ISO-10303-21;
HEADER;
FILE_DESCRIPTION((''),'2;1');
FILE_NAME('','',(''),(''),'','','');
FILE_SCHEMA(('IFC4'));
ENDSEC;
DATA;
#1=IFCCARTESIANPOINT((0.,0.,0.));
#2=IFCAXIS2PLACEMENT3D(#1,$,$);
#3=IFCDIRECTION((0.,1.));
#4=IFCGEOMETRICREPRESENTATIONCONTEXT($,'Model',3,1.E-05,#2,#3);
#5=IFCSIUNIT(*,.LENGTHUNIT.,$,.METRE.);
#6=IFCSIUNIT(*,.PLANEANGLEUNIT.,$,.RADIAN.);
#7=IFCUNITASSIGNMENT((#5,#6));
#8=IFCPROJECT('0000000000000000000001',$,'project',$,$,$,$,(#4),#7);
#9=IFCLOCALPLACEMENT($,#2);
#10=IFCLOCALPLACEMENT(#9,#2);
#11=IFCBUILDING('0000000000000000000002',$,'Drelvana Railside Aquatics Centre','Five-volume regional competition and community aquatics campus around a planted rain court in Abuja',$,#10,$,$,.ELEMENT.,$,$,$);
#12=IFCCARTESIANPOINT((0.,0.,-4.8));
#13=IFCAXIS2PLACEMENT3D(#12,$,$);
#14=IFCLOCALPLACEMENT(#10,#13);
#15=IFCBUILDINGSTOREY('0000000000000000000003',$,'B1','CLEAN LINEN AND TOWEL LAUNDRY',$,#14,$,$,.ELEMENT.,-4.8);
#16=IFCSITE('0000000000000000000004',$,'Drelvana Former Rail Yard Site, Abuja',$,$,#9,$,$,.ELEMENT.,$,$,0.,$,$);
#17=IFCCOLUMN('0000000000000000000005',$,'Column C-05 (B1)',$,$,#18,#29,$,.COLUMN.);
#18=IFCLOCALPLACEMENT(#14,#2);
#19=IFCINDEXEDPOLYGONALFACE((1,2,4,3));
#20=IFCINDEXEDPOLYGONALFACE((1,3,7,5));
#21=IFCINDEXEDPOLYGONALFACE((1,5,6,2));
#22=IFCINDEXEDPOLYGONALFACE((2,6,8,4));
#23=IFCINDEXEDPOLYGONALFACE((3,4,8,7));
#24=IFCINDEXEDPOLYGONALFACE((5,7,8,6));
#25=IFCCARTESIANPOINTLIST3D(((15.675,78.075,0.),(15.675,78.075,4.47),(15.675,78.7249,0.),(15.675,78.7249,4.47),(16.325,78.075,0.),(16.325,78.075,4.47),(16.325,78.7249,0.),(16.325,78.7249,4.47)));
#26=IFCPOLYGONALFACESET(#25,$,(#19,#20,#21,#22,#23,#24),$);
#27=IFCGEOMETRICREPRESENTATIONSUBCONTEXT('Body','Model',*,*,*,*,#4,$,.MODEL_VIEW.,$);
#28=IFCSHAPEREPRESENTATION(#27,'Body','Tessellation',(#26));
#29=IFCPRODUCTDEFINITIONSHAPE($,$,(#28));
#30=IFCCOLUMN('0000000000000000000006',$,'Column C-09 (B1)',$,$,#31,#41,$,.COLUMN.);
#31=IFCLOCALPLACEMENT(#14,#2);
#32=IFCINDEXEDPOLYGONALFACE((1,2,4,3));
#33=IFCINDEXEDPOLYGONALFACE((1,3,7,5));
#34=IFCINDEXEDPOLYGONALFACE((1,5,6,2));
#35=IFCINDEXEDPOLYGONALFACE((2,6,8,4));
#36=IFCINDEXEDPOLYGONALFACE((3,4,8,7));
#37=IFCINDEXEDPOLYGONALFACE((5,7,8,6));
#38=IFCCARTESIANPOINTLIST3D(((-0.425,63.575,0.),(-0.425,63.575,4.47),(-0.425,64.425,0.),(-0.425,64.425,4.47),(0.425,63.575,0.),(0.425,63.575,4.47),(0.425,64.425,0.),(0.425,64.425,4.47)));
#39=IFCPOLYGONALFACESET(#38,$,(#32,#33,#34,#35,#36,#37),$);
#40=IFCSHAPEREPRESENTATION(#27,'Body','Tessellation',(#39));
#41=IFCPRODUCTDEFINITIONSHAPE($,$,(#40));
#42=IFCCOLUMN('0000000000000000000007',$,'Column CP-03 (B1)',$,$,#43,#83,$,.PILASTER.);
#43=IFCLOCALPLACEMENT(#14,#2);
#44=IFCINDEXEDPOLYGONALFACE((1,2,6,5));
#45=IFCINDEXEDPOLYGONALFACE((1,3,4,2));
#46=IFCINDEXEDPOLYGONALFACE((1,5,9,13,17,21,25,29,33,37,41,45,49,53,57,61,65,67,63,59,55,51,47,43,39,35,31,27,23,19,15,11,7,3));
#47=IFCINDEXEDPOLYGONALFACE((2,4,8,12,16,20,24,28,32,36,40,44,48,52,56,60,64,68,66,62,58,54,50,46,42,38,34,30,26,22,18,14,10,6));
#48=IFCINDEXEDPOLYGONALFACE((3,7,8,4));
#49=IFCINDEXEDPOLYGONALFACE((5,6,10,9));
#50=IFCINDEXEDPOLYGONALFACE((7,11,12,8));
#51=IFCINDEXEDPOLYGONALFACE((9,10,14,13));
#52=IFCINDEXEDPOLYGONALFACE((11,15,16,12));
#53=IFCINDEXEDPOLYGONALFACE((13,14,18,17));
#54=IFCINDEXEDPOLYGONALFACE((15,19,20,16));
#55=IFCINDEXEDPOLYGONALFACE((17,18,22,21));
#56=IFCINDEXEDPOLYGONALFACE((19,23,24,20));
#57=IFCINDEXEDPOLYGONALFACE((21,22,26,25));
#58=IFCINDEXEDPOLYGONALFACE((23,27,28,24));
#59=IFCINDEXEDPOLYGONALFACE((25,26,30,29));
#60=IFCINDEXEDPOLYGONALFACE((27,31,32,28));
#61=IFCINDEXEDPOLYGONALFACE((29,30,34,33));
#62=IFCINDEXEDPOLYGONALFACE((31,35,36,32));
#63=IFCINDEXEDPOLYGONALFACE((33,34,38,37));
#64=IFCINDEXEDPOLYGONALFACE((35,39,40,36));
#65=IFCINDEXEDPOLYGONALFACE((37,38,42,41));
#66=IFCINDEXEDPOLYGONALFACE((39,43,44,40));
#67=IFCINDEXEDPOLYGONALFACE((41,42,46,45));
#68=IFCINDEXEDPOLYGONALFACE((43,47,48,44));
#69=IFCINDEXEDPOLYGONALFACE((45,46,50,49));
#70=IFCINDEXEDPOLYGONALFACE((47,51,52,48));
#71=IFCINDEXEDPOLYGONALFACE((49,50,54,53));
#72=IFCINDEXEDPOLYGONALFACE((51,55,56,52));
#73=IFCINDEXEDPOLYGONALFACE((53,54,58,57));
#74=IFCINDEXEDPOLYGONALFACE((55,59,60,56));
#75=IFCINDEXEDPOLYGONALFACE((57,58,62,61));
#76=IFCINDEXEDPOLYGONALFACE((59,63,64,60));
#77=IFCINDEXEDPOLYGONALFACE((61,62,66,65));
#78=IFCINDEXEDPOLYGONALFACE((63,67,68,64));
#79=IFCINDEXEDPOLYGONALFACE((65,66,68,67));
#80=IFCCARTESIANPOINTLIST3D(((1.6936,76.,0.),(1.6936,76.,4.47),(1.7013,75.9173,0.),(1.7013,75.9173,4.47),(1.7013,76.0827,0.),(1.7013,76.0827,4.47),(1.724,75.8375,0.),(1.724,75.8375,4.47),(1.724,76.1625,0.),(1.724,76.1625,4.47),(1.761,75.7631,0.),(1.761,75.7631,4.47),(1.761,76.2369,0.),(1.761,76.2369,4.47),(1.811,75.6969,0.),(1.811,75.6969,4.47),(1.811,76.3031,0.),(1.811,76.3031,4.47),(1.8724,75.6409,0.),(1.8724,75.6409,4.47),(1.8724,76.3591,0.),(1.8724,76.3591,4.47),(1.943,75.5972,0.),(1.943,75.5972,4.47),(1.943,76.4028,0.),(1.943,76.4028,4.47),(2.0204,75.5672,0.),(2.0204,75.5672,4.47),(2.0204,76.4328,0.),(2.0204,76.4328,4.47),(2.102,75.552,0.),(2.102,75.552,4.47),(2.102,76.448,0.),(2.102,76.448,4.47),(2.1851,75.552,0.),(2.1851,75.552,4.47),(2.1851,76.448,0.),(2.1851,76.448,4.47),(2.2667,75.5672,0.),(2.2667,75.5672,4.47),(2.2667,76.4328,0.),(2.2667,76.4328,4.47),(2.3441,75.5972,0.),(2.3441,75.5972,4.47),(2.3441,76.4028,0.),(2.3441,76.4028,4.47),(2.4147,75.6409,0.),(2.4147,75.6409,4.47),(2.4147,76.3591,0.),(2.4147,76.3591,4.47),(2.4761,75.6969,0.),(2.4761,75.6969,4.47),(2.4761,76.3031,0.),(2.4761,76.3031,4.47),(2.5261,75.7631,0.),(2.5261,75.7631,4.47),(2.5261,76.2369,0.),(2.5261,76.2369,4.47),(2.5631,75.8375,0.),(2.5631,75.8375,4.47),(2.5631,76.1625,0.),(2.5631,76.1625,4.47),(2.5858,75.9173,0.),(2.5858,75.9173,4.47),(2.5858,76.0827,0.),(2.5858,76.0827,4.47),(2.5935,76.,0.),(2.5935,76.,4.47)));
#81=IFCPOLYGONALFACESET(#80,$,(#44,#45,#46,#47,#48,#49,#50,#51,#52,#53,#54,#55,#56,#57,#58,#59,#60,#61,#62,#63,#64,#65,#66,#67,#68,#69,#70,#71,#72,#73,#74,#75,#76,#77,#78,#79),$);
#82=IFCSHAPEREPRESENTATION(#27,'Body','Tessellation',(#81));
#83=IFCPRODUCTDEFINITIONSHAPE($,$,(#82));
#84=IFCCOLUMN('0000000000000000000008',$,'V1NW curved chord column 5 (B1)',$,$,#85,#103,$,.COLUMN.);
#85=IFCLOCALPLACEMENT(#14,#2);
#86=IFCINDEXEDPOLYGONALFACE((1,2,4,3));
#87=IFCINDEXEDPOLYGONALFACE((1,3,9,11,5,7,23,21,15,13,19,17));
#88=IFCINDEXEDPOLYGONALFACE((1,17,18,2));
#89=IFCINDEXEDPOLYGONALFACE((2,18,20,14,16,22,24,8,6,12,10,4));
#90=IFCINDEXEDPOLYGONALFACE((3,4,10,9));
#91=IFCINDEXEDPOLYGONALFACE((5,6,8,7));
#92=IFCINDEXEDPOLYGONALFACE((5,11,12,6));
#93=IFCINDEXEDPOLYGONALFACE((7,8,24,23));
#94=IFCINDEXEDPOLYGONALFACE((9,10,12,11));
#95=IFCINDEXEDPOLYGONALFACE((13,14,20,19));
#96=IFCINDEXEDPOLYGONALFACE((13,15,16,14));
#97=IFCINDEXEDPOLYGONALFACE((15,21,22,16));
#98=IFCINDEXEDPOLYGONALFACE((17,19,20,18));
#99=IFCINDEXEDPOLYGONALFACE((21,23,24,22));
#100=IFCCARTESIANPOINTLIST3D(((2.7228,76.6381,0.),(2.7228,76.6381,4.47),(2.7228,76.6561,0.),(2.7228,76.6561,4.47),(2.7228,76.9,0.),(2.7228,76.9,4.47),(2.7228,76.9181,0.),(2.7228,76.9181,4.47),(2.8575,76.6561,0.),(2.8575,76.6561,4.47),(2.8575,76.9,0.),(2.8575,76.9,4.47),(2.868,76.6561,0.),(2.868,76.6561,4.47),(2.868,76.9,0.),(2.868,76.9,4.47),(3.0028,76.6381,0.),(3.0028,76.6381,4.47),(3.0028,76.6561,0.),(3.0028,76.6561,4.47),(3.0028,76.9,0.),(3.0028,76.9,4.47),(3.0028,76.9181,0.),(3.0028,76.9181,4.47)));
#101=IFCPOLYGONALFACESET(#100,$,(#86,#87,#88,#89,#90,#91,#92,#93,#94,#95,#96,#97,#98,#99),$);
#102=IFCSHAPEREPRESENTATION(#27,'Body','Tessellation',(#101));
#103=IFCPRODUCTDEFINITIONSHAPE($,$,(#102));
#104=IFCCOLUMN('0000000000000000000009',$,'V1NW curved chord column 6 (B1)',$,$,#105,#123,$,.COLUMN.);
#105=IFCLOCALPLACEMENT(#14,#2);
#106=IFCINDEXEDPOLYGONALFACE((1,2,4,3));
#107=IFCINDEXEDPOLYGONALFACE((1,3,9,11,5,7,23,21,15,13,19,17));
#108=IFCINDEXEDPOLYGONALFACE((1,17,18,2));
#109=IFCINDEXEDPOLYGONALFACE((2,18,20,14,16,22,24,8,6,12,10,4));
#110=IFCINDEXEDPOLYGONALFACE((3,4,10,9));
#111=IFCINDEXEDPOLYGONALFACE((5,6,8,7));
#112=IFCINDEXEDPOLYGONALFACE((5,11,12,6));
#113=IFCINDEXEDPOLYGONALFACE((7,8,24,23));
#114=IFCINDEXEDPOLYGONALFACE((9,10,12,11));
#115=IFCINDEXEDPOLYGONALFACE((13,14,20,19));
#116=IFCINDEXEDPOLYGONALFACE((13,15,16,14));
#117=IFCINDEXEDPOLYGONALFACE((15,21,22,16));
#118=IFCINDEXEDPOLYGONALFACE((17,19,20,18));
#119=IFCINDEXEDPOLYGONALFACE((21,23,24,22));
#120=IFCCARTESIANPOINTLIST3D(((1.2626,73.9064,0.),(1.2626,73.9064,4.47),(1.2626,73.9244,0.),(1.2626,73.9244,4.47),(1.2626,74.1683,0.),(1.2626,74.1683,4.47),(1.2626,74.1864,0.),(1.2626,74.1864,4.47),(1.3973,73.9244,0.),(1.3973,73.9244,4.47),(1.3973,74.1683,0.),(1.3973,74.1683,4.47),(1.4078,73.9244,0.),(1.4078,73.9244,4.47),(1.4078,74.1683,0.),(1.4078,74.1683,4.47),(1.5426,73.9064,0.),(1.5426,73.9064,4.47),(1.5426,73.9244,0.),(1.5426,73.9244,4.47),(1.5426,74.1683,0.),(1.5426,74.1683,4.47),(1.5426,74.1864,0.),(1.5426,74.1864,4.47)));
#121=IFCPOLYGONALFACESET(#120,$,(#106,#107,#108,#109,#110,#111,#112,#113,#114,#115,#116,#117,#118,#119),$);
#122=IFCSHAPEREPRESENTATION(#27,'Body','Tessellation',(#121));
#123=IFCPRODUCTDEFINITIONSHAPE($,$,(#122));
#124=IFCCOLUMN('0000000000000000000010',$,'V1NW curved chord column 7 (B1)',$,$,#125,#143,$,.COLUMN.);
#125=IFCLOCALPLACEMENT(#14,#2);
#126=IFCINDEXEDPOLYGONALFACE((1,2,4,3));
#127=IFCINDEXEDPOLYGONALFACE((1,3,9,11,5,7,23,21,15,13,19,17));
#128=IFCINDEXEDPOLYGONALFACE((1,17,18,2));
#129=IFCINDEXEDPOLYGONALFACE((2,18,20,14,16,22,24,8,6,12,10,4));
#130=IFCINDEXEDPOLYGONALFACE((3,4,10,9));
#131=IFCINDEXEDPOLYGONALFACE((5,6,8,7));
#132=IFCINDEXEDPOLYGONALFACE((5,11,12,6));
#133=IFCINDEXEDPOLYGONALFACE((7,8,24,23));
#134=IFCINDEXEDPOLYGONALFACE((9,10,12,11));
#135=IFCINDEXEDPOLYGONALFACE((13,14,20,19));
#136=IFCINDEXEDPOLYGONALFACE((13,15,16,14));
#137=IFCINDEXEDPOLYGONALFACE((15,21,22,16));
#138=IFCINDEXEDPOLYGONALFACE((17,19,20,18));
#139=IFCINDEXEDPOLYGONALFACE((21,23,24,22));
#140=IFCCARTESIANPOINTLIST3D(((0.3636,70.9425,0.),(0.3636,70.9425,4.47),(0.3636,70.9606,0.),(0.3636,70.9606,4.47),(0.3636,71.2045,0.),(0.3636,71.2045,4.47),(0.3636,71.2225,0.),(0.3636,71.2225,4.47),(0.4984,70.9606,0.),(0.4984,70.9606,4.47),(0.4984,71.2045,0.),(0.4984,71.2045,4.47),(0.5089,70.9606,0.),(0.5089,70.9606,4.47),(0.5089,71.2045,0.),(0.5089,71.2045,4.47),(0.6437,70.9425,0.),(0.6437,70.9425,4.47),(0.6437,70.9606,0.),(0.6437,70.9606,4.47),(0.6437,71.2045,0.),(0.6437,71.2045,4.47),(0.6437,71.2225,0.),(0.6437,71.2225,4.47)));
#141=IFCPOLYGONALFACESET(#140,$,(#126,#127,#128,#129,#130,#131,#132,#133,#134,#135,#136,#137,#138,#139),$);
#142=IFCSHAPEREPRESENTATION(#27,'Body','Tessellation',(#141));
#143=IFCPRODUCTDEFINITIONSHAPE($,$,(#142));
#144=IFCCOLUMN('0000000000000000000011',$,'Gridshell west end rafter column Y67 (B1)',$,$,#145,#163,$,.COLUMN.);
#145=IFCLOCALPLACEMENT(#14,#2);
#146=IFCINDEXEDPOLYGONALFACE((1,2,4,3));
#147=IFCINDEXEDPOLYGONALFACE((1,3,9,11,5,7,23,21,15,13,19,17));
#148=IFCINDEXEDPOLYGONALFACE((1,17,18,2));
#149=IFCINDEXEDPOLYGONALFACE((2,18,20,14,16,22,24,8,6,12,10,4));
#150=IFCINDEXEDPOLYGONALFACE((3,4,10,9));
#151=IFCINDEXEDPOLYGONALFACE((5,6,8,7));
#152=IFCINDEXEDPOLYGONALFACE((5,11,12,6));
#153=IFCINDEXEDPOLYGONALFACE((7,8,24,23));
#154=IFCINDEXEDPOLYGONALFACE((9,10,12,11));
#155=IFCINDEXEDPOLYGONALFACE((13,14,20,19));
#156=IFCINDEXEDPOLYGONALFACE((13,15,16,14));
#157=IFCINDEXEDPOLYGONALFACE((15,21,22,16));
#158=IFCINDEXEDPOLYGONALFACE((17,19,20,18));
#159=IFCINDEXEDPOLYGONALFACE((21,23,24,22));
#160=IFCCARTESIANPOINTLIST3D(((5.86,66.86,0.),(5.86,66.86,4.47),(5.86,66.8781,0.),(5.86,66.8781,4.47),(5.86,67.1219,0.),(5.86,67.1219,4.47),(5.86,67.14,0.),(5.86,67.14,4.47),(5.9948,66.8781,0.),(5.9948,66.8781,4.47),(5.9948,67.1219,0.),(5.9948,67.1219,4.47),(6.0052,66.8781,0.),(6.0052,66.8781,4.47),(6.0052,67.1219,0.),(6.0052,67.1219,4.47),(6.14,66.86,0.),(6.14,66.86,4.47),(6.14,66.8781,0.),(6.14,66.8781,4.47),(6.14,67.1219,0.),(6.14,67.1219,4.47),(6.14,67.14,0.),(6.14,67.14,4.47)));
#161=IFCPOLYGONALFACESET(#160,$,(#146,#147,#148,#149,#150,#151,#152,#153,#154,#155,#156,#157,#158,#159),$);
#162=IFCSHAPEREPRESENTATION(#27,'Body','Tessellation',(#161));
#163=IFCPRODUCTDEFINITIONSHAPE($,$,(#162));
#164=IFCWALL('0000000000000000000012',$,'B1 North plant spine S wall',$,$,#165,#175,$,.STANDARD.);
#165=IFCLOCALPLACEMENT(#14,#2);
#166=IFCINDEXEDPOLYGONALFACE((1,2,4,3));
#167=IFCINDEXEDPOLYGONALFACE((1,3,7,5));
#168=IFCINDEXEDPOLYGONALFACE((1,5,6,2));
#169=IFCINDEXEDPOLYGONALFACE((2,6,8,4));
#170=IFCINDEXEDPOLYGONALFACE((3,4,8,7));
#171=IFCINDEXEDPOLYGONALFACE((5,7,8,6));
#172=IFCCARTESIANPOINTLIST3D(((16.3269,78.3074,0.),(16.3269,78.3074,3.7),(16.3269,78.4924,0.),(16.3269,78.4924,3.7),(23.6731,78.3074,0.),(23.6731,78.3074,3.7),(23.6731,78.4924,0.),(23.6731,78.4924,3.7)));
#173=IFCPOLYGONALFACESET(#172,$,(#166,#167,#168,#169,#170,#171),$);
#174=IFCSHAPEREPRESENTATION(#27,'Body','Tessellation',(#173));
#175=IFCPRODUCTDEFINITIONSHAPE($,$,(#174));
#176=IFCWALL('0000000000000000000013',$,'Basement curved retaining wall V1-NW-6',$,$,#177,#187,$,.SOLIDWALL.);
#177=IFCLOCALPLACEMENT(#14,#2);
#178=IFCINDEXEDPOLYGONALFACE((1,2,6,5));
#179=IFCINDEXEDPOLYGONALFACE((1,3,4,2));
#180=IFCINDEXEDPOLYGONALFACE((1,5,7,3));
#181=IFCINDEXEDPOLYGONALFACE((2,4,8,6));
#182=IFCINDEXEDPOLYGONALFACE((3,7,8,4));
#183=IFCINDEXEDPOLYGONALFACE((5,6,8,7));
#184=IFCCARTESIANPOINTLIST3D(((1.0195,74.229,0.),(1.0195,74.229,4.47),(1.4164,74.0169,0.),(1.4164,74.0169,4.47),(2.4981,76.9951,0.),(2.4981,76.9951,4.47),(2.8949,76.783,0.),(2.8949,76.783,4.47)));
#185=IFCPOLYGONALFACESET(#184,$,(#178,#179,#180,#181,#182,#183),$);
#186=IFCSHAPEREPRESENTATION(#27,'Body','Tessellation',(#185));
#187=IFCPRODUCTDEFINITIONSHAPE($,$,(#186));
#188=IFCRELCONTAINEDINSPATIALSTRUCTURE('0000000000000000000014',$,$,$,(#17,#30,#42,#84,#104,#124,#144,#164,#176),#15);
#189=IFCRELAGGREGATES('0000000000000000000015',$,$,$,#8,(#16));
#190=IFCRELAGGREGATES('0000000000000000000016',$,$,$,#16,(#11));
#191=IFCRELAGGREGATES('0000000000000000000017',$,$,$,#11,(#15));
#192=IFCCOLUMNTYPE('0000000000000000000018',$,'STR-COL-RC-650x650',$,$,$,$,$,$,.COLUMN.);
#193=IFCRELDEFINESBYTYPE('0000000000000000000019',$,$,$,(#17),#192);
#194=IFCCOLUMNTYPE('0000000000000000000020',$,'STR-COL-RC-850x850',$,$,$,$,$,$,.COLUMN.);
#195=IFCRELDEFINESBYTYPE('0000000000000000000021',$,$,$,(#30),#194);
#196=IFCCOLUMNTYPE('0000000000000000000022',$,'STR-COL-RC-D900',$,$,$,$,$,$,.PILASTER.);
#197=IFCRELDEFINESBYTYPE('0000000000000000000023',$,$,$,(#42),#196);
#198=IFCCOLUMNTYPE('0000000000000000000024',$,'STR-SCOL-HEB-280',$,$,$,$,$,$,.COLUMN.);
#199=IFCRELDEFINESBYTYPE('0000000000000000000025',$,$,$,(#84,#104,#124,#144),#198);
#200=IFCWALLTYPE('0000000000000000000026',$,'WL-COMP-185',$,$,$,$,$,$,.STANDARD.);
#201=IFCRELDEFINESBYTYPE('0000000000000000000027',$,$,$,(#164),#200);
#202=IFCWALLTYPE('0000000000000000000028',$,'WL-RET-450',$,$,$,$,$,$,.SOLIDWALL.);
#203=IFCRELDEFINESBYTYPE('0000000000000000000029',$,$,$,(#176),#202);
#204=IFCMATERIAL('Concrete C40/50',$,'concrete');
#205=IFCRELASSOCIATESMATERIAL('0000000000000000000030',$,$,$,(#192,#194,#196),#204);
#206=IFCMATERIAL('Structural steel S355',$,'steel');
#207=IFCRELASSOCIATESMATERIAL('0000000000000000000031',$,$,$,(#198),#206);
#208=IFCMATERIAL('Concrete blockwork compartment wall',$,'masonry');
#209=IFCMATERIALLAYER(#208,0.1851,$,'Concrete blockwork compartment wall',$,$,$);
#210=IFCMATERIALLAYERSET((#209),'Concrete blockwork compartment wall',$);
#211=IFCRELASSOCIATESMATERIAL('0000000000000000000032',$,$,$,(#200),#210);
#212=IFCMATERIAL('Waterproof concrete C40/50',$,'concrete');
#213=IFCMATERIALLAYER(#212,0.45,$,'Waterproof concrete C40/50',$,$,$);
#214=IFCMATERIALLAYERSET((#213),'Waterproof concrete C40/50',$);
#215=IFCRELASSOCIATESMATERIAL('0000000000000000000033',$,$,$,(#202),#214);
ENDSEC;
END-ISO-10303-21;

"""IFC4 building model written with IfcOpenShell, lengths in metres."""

from ifc_helpers import new_model, si_unit, direction, frame, frame_2d, origin, origin_2d, place, context, subcontext, project, spatial, rectangle, circle, i_section, extrude, material, layer, layer_set, material_profile, profile_set, type_object, element, save


model = new_model("IFC4")

# Units and contexts
model_context = context("Model", 3, precision=1e-05, world=origin(), true_north=direction((0.0, 1.0)))
body_context = subcontext(model_context, "Body", "Model", "MODEL_VIEW")
ifc_project = project(units=[si_unit("LENGTHUNIT", "METRE"), si_unit("PLANEANGLEUNIT", "RADIAN")], contexts=[model_context])

# Site, building, storey
site_placement = place(None, origin())
site = spatial("IfcSite", under=ifc_project, at=site_placement, Name="Drelvana Former Rail Yard Site, Abuja", CompositionType="ELEMENT", RefElevation=0.0)
building_placement = place(site_placement, origin())
building = spatial("IfcBuilding", under=site, at=building_placement, Name="Drelvana Railside Aquatics Centre", Description="Five-volume regional competition and community aquatics campus around a planted rain court in Abuja", CompositionType="ELEMENT")
storey_placement = place(building_placement, frame((0.0, 0.0, -4.8)))
storey = spatial("IfcBuildingStorey", under=building, at=storey_placement, Name="B1", Description="CLEAN LINEN AND TOWEL LAUNDRY", CompositionType="ELEMENT", Elevation=-4.8)

# Columns
ifc_material_1 = material(Name="Concrete C40/50", Category="concrete")
ifc_material_profile_1 = material_profile(ifc_material_1, rectangle(XDim=0.6499, YDim=0.6499, at=origin_2d()), Name="RC 650x650")
ifc_profile_set_1 = profile_set([ifc_material_profile_1], Name="Concrete C40/50")
column_type_1 = type_object("IfcColumnType", Name="STR-COL-RC-650x650", PredefinedType="COLUMN", material=ifc_profile_set_1)
column_1_placement = place(storey_placement, frame((16.0, 78.3999, 0.0), z_axis=(0.0, 0.0, 1.0), x_axis=(1.0, 0.0, 0.0)))
element("IfcColumn", 1, at=column_1_placement, inside=storey, type_object=column_type_1, Name="Column C-05 (B1)", PredefinedType="COLUMN", context=body_context, shape_type="SweptSolid", body=[
    extrude(rectangle(XDim=0.6499, YDim=0.6499, at=origin_2d()), origin(), (0.0, 0.0, 1.0), 4.47),
])
ifc_material_profile_2 = material_profile(ifc_material_1, rectangle(XDim=0.8501, YDim=0.8501, at=origin_2d()), Name="RC 850x850")
ifc_profile_set_2 = profile_set([ifc_material_profile_2], Name="Concrete C40/50")
column_type_2 = type_object("IfcColumnType", Name="STR-COL-RC-850x850", PredefinedType="COLUMN", material=ifc_profile_set_2)
column_2_placement = place(storey_placement, frame((0.0, 64.0, 0.0), z_axis=(0.0, 0.0, 1.0), x_axis=(1.0, 0.0, 0.0)))
element("IfcColumn", 2, at=column_2_placement, inside=storey, type_object=column_type_2, Name="Column C-09 (B1)", PredefinedType="COLUMN", context=body_context, shape_type="SweptSolid", body=[
    extrude(rectangle(XDim=0.8501, YDim=0.8501, at=origin_2d()), origin(), (0.0, 0.0, 1.0), 4.47),
])
ifc_material_profile_3 = material_profile(ifc_material_1, circle(Radius=0.45, at=origin_2d()), Name="RC D900")
ifc_profile_set_3 = profile_set([ifc_material_profile_3], Name="Concrete C40/50")
column_type_3 = type_object("IfcColumnType", Name="STR-COL-RC-D900", PredefinedType="PILASTER", material=ifc_profile_set_3)
column_3_placement = place(storey_placement, frame((2.1436, 76.0, 0.0), z_axis=(0.0, 0.0, 1.0), x_axis=(1.0, 0.0, 0.0)))
element("IfcColumn", 3, at=column_3_placement, inside=storey, type_object=column_type_3, Name="Column CP-03 (B1)", PredefinedType="PILASTER", context=body_context, shape_type="SweptSolid", body=[
    extrude(circle(Radius=0.45, at=origin_2d()), origin(), (0.0, 0.0, 1.0), 4.47),
])
ifc_material_2 = material(Name="Structural steel S355", Category="steel")
ifc_material_profile_4 = material_profile(ifc_material_2, i_section(OverallWidth=0.28, OverallDepth=0.28, WebThickness=0.0105, FlangeThickness=0.0181, at=origin_2d()), Name="HEB 280")
ifc_profile_set_4 = profile_set([ifc_material_profile_4], Name="Structural steel S355")
column_type_4 = type_object("IfcColumnType", Name="STR-SCOL-HEB-280", PredefinedType="COLUMN", material=ifc_profile_set_4)
for number, where, z_axis, x_axis, name in (
    (4, (2.8628, 76.7781, 0.0), (0.0, 0.0, 1.0), (1.0, 0.0, 0.0), "V1NW curved chord column 5 (B1)"),
    (5, (1.4026, 74.0464, 0.0), (0.0, 0.0, 1.0), (1.0, 0.0, 0.0), "V1NW curved chord column 6 (B1)"),
    (6, (0.5037, 71.0825, 0.0), (0.0, 0.0, 1.0), (1.0, 0.0, 0.0), "V1NW curved chord column 7 (B1)"),
    (7, (6.0, 67.0, 0.0), (0.0, 0.0, 1.0), (1.0, 0.0, 0.0), "Gridshell west end rafter column Y67 (B1)"),
):
    element("IfcColumn", number, at=place(storey_placement, frame(where, z_axis=z_axis, x_axis=x_axis)), inside=storey, type_object=column_type_4, Name=name, PredefinedType="COLUMN", context=body_context, shape_type="SweptSolid", body=[
        extrude(i_section(OverallWidth=0.28, OverallDepth=0.28, WebThickness=0.0105, FlangeThickness=0.0181, at=origin_2d()), origin(), (0.0, 0.0, 1.0), 4.47),
    ])

# Walls
ifc_material_3 = material(Name="Concrete blockwork compartment wall", Category="masonry")
ifc_layer_1 = layer(ifc_material_3, 0.1851, Name="Concrete blockwork compartment wall")
ifc_layer_set_1 = layer_set([ifc_layer_1], Name="Concrete blockwork compartment wall")
wall_type_1 = type_object("IfcWallType", Name="WL-COMP-185", PredefinedType="STANDARD", material=ifc_layer_set_1)
wall_1_placement = place(storey_placement, frame((16.3269, 78.3999, 0.0), z_axis=(0.0, 0.0, 1.0), x_axis=(1.0, 0.0, 0.0)))
element("IfcWall", 8, at=wall_1_placement, inside=storey, type_object=wall_type_1, Name="B1 North plant spine S wall", PredefinedType="STANDARD", context=body_context, shape_type="SweptSolid", body=[
    extrude(rectangle(XDim=7.3462, YDim=0.1851, at=frame_2d((3.6731, 0.0))), origin(), (0.0, 0.0, 1.0), 3.7),
])
ifc_material_4 = material(Name="Waterproof concrete C40/50", Category="concrete")
ifc_layer_2 = layer(ifc_material_4, 0.45, Name="Waterproof concrete C40/50")
ifc_layer_set_2 = layer_set([ifc_layer_2], Name="Waterproof concrete C40/50")
wall_type_2 = type_object("IfcWallType", Name="WL-RET-450", PredefinedType="SOLIDWALL", material=ifc_layer_set_2)
wall_2_placement = place(storey_placement, frame((2.6965, 76.8892, 0.0), z_axis=(0.0, 0.0, 1.0), x_axis=(-0.471396, -0.881922, 0.0)))
element("IfcWall", 9, at=wall_2_placement, inside=storey, type_object=wall_type_2, Name="Basement curved retaining wall V1-NW-6", PredefinedType="SOLIDWALL", context=body_context, shape_type="SweptSolid", body=[
    extrude(rectangle(XDim=3.1365, YDim=0.45, at=frame_2d((1.5684, 0.0))), origin(), (0.0, 0.0, 1.0), 4.47),
])

save(model, "model.ifc")
